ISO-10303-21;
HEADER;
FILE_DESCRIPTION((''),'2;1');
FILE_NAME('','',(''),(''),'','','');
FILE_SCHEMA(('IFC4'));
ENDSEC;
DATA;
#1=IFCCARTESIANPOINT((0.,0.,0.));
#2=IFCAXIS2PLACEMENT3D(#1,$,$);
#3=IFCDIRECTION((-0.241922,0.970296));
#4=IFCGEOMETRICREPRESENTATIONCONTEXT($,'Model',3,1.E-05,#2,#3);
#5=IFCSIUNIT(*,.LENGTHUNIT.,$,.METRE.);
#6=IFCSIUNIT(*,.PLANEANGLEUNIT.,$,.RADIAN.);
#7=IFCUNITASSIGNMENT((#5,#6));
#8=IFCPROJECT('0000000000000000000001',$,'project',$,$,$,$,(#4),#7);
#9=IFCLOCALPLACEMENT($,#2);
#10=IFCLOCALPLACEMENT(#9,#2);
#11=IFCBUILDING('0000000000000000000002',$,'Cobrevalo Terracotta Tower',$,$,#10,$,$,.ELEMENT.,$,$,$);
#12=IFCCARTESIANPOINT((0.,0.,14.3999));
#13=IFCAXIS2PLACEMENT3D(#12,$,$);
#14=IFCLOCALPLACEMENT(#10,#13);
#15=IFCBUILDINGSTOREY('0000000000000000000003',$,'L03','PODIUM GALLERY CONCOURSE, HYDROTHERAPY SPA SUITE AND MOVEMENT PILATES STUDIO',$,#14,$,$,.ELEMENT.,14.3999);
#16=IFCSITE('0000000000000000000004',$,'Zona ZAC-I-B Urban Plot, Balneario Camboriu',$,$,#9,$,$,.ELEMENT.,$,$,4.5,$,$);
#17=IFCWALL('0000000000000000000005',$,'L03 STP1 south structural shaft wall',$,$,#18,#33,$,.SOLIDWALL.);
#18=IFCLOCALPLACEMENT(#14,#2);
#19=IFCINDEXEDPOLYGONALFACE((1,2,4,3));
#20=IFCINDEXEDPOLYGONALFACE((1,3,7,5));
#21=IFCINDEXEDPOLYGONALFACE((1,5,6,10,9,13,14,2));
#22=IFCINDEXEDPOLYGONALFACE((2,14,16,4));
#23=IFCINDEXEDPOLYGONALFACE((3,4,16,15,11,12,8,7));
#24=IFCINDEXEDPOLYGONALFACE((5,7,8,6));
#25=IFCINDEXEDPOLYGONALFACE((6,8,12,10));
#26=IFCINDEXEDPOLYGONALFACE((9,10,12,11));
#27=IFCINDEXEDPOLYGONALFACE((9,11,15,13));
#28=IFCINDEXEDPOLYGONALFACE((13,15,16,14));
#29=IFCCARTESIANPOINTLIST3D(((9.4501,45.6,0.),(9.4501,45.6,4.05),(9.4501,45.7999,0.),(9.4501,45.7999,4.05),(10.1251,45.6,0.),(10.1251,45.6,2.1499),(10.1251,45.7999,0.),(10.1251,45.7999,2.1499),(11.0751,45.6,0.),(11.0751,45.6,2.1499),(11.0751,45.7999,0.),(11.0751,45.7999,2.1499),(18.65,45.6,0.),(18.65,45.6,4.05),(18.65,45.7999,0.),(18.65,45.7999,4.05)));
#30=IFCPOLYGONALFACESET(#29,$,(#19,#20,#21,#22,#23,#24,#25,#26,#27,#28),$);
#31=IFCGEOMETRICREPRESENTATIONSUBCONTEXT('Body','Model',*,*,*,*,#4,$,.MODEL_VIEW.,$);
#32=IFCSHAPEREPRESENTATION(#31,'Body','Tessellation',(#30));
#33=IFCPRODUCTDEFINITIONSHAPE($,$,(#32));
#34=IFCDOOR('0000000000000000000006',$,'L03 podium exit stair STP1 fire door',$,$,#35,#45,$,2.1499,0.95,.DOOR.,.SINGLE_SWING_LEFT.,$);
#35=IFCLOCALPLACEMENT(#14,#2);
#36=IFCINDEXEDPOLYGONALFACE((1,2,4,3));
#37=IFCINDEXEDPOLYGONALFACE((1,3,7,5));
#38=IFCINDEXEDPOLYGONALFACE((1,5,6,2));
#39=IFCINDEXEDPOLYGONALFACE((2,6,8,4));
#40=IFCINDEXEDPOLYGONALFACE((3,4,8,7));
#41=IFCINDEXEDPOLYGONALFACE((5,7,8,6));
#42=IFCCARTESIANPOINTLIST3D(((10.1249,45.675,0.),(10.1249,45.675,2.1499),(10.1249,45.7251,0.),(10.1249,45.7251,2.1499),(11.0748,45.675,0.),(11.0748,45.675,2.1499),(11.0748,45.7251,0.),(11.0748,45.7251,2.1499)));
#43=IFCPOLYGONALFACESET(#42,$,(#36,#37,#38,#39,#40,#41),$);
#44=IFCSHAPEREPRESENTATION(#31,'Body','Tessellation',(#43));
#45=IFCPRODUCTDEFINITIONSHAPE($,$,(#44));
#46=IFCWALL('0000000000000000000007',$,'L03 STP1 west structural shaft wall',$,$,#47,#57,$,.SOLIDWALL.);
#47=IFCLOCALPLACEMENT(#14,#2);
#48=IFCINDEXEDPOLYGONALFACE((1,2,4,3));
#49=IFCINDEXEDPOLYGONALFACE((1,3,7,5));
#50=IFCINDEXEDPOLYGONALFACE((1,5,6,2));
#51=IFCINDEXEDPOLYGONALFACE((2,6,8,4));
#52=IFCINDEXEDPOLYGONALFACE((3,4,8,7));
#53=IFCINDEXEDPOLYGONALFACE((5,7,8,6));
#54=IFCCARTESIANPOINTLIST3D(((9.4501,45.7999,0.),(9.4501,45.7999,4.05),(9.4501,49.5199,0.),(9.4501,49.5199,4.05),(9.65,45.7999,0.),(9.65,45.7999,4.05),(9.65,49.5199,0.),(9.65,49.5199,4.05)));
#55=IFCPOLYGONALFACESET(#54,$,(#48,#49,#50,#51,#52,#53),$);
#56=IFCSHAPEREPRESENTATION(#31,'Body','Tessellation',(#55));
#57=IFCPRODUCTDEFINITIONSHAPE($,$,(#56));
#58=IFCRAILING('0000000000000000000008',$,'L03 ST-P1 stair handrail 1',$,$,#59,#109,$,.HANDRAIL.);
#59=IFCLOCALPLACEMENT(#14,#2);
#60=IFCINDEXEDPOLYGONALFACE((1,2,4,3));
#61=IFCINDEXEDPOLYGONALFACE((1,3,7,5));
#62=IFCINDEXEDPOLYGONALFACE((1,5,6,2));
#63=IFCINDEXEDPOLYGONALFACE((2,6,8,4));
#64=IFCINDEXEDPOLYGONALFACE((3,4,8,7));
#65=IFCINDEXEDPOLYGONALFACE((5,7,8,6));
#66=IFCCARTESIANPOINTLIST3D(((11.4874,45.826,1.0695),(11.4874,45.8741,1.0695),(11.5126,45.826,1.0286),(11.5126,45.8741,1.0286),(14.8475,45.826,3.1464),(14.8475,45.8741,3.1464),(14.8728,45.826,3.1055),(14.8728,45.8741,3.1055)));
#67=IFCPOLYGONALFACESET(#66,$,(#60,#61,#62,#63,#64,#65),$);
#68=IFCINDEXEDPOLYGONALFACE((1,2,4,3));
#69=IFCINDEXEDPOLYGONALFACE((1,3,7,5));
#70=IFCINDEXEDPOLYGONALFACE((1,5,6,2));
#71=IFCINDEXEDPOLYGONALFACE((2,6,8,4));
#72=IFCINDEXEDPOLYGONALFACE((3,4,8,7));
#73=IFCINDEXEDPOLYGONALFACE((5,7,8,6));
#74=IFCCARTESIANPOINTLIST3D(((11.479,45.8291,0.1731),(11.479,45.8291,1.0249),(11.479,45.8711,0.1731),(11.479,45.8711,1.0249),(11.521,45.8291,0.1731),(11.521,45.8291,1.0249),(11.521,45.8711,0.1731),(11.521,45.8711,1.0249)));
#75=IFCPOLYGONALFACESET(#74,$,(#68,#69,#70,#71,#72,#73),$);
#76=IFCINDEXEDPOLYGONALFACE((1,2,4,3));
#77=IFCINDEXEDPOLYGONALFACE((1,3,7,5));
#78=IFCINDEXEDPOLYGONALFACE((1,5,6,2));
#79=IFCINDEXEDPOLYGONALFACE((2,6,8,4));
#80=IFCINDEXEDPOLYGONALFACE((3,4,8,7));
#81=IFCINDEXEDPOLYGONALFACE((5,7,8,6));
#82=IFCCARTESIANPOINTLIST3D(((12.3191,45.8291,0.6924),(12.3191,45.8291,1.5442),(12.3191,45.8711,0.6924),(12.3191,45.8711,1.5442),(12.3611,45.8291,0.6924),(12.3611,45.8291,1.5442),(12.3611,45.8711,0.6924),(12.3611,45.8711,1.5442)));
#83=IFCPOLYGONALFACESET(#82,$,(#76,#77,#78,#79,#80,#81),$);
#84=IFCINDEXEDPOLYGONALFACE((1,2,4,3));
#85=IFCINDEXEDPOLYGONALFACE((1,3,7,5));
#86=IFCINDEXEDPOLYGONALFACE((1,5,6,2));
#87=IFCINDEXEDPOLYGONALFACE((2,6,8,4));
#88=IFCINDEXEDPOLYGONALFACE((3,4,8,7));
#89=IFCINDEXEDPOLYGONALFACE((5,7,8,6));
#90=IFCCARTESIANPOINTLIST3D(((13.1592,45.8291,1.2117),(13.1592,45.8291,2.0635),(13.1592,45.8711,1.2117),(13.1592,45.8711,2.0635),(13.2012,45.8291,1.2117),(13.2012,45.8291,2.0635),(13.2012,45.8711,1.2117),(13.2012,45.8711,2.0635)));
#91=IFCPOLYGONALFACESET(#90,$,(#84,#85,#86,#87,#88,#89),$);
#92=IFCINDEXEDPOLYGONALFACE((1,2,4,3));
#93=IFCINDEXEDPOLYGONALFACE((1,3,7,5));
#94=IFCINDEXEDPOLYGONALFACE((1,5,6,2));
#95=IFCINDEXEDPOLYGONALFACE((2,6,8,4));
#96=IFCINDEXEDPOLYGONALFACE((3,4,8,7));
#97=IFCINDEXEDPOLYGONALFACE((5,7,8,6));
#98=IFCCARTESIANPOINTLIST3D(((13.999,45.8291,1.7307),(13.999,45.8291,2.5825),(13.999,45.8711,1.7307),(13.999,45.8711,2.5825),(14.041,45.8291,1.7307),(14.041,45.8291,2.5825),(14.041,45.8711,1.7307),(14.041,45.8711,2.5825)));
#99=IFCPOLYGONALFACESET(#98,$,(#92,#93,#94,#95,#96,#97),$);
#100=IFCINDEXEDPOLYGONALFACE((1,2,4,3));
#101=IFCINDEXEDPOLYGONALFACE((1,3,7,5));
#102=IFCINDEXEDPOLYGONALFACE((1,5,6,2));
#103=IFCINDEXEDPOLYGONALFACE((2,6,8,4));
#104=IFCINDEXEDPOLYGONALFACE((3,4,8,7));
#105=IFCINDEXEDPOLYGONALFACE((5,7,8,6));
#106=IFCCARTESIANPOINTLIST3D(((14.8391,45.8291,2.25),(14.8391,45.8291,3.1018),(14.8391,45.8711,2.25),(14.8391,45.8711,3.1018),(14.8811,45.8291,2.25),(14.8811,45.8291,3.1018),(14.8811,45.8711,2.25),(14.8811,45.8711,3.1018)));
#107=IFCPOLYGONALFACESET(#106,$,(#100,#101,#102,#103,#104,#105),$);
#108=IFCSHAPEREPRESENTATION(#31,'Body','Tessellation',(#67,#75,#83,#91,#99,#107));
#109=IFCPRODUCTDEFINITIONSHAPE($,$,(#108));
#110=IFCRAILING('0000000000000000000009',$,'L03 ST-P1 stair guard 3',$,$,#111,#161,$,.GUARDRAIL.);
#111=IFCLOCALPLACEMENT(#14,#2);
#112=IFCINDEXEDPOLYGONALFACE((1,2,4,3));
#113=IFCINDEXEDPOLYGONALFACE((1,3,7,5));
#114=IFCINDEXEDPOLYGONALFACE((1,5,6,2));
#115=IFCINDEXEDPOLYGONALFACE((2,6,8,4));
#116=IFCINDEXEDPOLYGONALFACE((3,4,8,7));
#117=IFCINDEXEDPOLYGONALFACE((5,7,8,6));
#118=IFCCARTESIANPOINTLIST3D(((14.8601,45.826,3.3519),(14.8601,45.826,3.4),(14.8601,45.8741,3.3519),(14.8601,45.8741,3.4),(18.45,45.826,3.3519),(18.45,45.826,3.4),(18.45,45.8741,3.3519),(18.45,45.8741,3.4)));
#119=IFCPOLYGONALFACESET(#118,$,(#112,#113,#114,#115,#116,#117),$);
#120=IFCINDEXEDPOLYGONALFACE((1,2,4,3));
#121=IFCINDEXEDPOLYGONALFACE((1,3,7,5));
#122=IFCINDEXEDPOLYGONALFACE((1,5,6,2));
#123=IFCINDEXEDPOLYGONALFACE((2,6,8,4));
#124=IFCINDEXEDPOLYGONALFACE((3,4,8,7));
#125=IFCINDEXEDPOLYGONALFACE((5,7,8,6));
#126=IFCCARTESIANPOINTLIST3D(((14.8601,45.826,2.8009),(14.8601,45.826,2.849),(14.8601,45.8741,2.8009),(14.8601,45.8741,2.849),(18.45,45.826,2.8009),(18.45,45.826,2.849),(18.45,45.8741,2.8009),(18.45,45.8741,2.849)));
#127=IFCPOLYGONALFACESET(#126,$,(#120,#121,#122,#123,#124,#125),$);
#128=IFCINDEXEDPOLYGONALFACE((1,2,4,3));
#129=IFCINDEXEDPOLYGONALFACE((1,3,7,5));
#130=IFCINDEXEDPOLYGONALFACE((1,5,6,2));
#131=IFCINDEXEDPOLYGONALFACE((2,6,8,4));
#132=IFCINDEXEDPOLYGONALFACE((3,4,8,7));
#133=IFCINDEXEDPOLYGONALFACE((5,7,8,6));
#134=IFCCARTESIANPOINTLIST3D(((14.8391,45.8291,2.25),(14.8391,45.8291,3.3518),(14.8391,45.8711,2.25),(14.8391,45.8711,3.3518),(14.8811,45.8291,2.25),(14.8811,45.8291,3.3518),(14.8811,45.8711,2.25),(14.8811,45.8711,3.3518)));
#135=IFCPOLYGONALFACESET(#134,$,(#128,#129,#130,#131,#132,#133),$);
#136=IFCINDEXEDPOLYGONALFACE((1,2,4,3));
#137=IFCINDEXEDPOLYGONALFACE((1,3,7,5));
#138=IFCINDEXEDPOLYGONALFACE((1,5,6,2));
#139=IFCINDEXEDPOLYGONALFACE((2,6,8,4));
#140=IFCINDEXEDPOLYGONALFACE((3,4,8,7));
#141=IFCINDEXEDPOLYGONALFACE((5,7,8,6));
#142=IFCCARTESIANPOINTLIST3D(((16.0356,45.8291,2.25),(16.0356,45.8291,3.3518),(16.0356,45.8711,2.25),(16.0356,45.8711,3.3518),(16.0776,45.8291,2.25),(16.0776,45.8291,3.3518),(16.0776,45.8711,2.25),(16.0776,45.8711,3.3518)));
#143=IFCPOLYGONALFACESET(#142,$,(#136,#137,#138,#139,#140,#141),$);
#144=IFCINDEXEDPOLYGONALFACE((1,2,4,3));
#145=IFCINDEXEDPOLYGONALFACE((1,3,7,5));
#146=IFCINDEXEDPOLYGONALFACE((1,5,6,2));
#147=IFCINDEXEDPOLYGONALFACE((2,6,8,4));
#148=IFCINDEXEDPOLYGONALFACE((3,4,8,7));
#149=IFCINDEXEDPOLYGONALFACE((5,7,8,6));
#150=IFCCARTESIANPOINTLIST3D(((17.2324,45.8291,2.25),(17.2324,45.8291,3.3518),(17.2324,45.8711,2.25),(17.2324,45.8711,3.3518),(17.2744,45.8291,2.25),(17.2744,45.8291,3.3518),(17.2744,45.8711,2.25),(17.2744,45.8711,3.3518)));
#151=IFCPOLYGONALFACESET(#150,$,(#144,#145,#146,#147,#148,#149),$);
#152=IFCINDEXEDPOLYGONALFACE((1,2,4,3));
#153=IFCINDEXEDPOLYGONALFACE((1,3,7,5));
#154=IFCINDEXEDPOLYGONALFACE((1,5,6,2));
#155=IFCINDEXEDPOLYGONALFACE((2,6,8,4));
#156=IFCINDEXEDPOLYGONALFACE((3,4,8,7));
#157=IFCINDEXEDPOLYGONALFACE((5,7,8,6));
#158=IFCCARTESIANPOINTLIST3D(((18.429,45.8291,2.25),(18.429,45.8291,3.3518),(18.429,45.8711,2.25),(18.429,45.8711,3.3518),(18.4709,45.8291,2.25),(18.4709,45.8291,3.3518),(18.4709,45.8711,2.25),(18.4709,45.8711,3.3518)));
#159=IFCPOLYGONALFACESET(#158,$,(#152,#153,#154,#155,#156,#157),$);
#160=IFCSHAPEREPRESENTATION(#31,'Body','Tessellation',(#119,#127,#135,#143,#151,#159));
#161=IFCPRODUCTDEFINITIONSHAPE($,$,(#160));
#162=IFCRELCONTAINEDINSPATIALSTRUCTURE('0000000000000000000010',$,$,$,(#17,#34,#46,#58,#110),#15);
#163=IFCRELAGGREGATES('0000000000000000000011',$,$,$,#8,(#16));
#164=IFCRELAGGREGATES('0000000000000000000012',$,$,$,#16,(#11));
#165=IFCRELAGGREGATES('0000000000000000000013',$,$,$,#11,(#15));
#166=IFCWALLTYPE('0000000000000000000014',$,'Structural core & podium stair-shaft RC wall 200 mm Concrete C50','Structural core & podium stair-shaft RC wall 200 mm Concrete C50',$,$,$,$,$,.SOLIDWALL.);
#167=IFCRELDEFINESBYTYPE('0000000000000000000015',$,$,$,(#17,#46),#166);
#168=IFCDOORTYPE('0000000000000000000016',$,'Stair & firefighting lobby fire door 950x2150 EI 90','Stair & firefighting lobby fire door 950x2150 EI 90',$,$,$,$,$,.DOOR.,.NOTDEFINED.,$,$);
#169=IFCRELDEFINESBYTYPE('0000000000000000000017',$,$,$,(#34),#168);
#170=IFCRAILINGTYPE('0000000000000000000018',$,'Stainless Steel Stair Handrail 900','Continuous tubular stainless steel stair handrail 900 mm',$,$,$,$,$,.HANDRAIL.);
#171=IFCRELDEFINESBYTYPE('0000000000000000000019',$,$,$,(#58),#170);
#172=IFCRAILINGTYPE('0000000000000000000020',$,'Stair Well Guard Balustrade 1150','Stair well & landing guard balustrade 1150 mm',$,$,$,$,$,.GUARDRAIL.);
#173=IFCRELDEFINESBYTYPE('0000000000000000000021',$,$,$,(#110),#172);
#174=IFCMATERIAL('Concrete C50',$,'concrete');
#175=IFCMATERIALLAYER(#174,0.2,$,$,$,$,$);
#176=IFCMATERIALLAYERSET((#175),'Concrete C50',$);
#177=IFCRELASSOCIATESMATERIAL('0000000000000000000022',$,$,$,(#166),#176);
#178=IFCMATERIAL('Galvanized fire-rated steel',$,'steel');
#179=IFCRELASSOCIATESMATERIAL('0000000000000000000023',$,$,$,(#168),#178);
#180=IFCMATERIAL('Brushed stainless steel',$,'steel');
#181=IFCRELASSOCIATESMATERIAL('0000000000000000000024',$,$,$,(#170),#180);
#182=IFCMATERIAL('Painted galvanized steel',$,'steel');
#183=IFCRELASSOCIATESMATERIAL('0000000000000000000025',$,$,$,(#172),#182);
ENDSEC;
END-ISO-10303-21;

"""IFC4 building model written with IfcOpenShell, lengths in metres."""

from ifc_helpers import new_model, si_unit, direction, frame, frame_2d, origin, origin_2d, place, context, subcontext, project, spatial, rectangle, extrude, source, transform, mapped, material, layer, layer_set, type_object, element, fill, save


model = new_model("IFC4")

# Units and contexts
model_context = context("Model", 3, precision=1e-05, world=origin(), true_north=direction((-0.241922, 0.970296)))
body_context = subcontext(model_context, "Body", "Model", "MODEL_VIEW")
ifc_project = project(units=[si_unit("LENGTHUNIT", "METRE"), si_unit("PLANEANGLEUNIT", "RADIAN")], contexts=[model_context])

# Site, building, storey
site_placement = place(None, origin())
site = spatial("IfcSite", under=ifc_project, at=site_placement, Name="Zona ZAC-I-B Urban Plot, Balneario Camboriu", CompositionType="ELEMENT", RefElevation=4.5)
building_placement = place(site_placement, origin())
building = spatial("IfcBuilding", under=site, at=building_placement, Name="Cobrevalo Terracotta Tower", CompositionType="ELEMENT")
storey_placement = place(building_placement, frame((0.0, 0.0, 14.3999)))
storey = spatial("IfcBuildingStorey", under=building, at=storey_placement, Name="L03", Description="PODIUM GALLERY CONCOURSE, HYDROTHERAPY SPA SUITE AND MOVEMENT PILATES STUDIO", CompositionType="ELEMENT", Elevation=14.3999)

# Shared definitions
ifc_material_1 = material(Name="Concrete C50", Category="concrete")

# Wall, opening, door
ifc_layer_1 = layer(ifc_material_1, 0.2)
ifc_layer_set_1 = layer_set([ifc_layer_1], Name="Concrete C50")
wall_type_1 = type_object("IfcWallType", Name="Structural core & podium stair-shaft RC wall 200 mm Concrete C50", Description="Structural core & podium stair-shaft RC wall 200 mm Concrete C50", PredefinedType="SOLIDWALL", material=ifc_layer_set_1)
wall_1_placement = place(storey_placement, frame((9.45, 45.7, 0.0), z_axis=(0.0, 0.0, 1.0), x_axis=(1.0, 0.0, 0.0)))
wall_1 = element("IfcWall", 1, at=wall_1_placement, inside=storey, type_object=wall_type_1, Name="L03 STP1 south structural shaft wall", PredefinedType="SOLIDWALL", context=body_context, shape_type="SweptSolid", body=[
    extrude(rectangle(XDim=9.2, YDim=0.2, at=frame_2d((4.6001, 0.0))), origin(), (0.0, 0.0, 1.0), 4.05),
])
opening_1_placement = place(wall_1_placement, frame((0.675, 0.0, 0.0)))
opening_1 = element("IfcOpeningElement", 2, at=opening_1_placement, cuts=wall_1, PredefinedType="OPENING", context=body_context, shape_type="SweptSolid", body=[
    extrude(rectangle(XDim=0.95, YDim=2.1499, at=frame_2d((0.4751, 1.075))), frame((0.0, 0.1099, 0.0), z_axis=(0.0, -1.0, 0.0), x_axis=(1.0, 0.0, 0.0)), (0.0, 0.0, 1.0), 0.22),
])
ifc_material_2 = material(Name="Galvanized fire-rated steel", Category="steel")
door_type_1 = type_object("IfcDoorType", Name="Stair & firefighting lobby fire door 950x2150 EI 90", Description="Stair & firefighting lobby fire door 950x2150 EI 90", OperationType="NOTDEFINED", PredefinedType="DOOR", material=ifc_material_2)
shared_shape_1 = source(origin(), body_context, "Body", "SweptSolid", [
    extrude(rectangle(XDim=0.95, YDim=2.1499, at=frame_2d((0.4751, 1.075))), frame((0.0, 0.0249, 0.0), z_axis=(0.0, -1.0, 0.0), x_axis=(1.0, 0.0, 0.0)), (0.0, 0.0, 1.0), 0.05),
])
door_1_placement = place(opening_1_placement, frame((0.95, 0.0, 0.0), z_axis=(0.0, 0.0, 1.0), x_axis=(-1.0, 0.0, 0.0)))
door_1 = element("IfcDoor", 3, at=door_1_placement, inside=storey, type_object=door_type_1, Name="L03 podium exit stair STP1 fire door", OperationType="SINGLE_SWING_LEFT", OverallHeight=2.1499, OverallWidth=0.95, PredefinedType="DOOR", context=body_context, shape_type="MappedRepresentation", body=[
    mapped(shared_shape_1, transform((0.0, 0.0, 0.0), scale=1.0)),
])
fill(opening_1, door_1)

# Wall
wall_2_placement = place(storey_placement, frame((9.55, 45.8, 0.0), z_axis=(0.0, 0.0, 1.0), x_axis=(0.0, 1.0, 0.0)))
element("IfcWall", 4, at=wall_2_placement, inside=storey, type_object=wall_type_1, Name="L03 STP1 west structural shaft wall", PredefinedType="SOLIDWALL", context=body_context, shape_type="SweptSolid", body=[
    extrude(rectangle(XDim=3.72, YDim=0.2, at=frame_2d((1.8599, 0.0))), origin(), (0.0, 0.0, 1.0), 4.05),
])

# Railings
ifc_material_3 = material(Name="Brushed stainless steel", Category="steel")
railing_type_1 = type_object("IfcRailingType", Name="Stainless Steel Stair Handrail 900", Description="Continuous tubular stainless steel stair handrail 900 mm", PredefinedType="HANDRAIL", material=ifc_material_3)
railing_1_placement = place(storey_placement, frame((11.5, 45.8501, 0.1731)))
element("IfcRailing", 5, at=railing_1_placement, inside=storey, type_object=railing_type_1, Name="L03 ST-P1 stair handrail 1", PredefinedType="HANDRAIL", context=body_context, shape_type="SweptSolid", body=[
    extrude(rectangle(XDim=0.0481, YDim=0.0481, at=origin_2d()), frame((0.0, 0.0, 0.876), z_axis=(0.850623, 0.0, 0.525776), x_axis=(0.0, 1.0, 0.0)), (0.0, 0.0, 1.0), 3.9502),
    extrude(rectangle(XDim=0.042, YDim=0.042, at=origin_2d()), origin(), (0.0, 0.0, 1.0), 0.8518),
    extrude(rectangle(XDim=0.042, YDim=0.042, at=origin_2d()), frame((0.8401, 0.0, 0.5193)), (0.0, 0.0, 1.0), 0.8518),
    extrude(rectangle(XDim=0.042, YDim=0.042, at=origin_2d()), frame((1.6802, 0.0, 1.0386)), (0.0, 0.0, 1.0), 0.8518),
    extrude(rectangle(XDim=0.042, YDim=0.042, at=origin_2d()), frame((2.52, 0.0, 1.5576)), (0.0, 0.0, 1.0), 0.8518),
    extrude(rectangle(XDim=0.042, YDim=0.042, at=origin_2d()), frame((3.3601, 0.0, 2.0769)), (0.0, 0.0, 1.0), 0.8518),
])
ifc_material_4 = material(Name="Painted galvanized steel", Category="steel")
railing_type_2 = type_object("IfcRailingType", Name="Stair Well Guard Balustrade 1150", Description="Stair well & landing guard balustrade 1150 mm", PredefinedType="GUARDRAIL", material=ifc_material_4)
railing_2_placement = place(storey_placement, frame((14.8601, 45.8501, 2.25)))
element("IfcRailing", 6, at=railing_2_placement, inside=storey, type_object=railing_type_2, Name="L03 ST-P1 stair guard 3", PredefinedType="GUARDRAIL", context=body_context, shape_type="SweptSolid", body=[
    extrude(rectangle(XDim=0.0481, YDim=0.0481, at=origin_2d()), frame((0.0, 0.0, 1.126), z_axis=(1.0, 0.0, 0.0), x_axis=(0.0, 1.0, 0.0)), (0.0, 0.0, 1.0), 3.5898),
    extrude(rectangle(XDim=0.0481, YDim=0.0481, at=origin_2d()), frame((0.0, 0.0, 0.575), z_axis=(1.0, 0.0, 0.0), x_axis=(0.0, 1.0, 0.0)), (0.0, 0.0, 1.0), 3.5898),
    extrude(rectangle(XDim=0.042, YDim=0.042, at=origin_2d()), origin(), (0.0, 0.0, 1.0), 1.1018),
    extrude(rectangle(XDim=0.042, YDim=0.042, at=origin_2d()), frame((1.1965, 0.0, 0.0)), (0.0, 0.0, 1.0), 1.1018),
    extrude(rectangle(XDim=0.042, YDim=0.042, at=origin_2d()), frame((2.3933, 0.0, 0.0)), (0.0, 0.0, 1.0), 1.1018),
    extrude(rectangle(XDim=0.042, YDim=0.042, at=origin_2d()), frame((3.5898, 0.0, 0.0)), (0.0, 0.0, 1.0), 1.1018),
])

save(model, "model.ifc")
